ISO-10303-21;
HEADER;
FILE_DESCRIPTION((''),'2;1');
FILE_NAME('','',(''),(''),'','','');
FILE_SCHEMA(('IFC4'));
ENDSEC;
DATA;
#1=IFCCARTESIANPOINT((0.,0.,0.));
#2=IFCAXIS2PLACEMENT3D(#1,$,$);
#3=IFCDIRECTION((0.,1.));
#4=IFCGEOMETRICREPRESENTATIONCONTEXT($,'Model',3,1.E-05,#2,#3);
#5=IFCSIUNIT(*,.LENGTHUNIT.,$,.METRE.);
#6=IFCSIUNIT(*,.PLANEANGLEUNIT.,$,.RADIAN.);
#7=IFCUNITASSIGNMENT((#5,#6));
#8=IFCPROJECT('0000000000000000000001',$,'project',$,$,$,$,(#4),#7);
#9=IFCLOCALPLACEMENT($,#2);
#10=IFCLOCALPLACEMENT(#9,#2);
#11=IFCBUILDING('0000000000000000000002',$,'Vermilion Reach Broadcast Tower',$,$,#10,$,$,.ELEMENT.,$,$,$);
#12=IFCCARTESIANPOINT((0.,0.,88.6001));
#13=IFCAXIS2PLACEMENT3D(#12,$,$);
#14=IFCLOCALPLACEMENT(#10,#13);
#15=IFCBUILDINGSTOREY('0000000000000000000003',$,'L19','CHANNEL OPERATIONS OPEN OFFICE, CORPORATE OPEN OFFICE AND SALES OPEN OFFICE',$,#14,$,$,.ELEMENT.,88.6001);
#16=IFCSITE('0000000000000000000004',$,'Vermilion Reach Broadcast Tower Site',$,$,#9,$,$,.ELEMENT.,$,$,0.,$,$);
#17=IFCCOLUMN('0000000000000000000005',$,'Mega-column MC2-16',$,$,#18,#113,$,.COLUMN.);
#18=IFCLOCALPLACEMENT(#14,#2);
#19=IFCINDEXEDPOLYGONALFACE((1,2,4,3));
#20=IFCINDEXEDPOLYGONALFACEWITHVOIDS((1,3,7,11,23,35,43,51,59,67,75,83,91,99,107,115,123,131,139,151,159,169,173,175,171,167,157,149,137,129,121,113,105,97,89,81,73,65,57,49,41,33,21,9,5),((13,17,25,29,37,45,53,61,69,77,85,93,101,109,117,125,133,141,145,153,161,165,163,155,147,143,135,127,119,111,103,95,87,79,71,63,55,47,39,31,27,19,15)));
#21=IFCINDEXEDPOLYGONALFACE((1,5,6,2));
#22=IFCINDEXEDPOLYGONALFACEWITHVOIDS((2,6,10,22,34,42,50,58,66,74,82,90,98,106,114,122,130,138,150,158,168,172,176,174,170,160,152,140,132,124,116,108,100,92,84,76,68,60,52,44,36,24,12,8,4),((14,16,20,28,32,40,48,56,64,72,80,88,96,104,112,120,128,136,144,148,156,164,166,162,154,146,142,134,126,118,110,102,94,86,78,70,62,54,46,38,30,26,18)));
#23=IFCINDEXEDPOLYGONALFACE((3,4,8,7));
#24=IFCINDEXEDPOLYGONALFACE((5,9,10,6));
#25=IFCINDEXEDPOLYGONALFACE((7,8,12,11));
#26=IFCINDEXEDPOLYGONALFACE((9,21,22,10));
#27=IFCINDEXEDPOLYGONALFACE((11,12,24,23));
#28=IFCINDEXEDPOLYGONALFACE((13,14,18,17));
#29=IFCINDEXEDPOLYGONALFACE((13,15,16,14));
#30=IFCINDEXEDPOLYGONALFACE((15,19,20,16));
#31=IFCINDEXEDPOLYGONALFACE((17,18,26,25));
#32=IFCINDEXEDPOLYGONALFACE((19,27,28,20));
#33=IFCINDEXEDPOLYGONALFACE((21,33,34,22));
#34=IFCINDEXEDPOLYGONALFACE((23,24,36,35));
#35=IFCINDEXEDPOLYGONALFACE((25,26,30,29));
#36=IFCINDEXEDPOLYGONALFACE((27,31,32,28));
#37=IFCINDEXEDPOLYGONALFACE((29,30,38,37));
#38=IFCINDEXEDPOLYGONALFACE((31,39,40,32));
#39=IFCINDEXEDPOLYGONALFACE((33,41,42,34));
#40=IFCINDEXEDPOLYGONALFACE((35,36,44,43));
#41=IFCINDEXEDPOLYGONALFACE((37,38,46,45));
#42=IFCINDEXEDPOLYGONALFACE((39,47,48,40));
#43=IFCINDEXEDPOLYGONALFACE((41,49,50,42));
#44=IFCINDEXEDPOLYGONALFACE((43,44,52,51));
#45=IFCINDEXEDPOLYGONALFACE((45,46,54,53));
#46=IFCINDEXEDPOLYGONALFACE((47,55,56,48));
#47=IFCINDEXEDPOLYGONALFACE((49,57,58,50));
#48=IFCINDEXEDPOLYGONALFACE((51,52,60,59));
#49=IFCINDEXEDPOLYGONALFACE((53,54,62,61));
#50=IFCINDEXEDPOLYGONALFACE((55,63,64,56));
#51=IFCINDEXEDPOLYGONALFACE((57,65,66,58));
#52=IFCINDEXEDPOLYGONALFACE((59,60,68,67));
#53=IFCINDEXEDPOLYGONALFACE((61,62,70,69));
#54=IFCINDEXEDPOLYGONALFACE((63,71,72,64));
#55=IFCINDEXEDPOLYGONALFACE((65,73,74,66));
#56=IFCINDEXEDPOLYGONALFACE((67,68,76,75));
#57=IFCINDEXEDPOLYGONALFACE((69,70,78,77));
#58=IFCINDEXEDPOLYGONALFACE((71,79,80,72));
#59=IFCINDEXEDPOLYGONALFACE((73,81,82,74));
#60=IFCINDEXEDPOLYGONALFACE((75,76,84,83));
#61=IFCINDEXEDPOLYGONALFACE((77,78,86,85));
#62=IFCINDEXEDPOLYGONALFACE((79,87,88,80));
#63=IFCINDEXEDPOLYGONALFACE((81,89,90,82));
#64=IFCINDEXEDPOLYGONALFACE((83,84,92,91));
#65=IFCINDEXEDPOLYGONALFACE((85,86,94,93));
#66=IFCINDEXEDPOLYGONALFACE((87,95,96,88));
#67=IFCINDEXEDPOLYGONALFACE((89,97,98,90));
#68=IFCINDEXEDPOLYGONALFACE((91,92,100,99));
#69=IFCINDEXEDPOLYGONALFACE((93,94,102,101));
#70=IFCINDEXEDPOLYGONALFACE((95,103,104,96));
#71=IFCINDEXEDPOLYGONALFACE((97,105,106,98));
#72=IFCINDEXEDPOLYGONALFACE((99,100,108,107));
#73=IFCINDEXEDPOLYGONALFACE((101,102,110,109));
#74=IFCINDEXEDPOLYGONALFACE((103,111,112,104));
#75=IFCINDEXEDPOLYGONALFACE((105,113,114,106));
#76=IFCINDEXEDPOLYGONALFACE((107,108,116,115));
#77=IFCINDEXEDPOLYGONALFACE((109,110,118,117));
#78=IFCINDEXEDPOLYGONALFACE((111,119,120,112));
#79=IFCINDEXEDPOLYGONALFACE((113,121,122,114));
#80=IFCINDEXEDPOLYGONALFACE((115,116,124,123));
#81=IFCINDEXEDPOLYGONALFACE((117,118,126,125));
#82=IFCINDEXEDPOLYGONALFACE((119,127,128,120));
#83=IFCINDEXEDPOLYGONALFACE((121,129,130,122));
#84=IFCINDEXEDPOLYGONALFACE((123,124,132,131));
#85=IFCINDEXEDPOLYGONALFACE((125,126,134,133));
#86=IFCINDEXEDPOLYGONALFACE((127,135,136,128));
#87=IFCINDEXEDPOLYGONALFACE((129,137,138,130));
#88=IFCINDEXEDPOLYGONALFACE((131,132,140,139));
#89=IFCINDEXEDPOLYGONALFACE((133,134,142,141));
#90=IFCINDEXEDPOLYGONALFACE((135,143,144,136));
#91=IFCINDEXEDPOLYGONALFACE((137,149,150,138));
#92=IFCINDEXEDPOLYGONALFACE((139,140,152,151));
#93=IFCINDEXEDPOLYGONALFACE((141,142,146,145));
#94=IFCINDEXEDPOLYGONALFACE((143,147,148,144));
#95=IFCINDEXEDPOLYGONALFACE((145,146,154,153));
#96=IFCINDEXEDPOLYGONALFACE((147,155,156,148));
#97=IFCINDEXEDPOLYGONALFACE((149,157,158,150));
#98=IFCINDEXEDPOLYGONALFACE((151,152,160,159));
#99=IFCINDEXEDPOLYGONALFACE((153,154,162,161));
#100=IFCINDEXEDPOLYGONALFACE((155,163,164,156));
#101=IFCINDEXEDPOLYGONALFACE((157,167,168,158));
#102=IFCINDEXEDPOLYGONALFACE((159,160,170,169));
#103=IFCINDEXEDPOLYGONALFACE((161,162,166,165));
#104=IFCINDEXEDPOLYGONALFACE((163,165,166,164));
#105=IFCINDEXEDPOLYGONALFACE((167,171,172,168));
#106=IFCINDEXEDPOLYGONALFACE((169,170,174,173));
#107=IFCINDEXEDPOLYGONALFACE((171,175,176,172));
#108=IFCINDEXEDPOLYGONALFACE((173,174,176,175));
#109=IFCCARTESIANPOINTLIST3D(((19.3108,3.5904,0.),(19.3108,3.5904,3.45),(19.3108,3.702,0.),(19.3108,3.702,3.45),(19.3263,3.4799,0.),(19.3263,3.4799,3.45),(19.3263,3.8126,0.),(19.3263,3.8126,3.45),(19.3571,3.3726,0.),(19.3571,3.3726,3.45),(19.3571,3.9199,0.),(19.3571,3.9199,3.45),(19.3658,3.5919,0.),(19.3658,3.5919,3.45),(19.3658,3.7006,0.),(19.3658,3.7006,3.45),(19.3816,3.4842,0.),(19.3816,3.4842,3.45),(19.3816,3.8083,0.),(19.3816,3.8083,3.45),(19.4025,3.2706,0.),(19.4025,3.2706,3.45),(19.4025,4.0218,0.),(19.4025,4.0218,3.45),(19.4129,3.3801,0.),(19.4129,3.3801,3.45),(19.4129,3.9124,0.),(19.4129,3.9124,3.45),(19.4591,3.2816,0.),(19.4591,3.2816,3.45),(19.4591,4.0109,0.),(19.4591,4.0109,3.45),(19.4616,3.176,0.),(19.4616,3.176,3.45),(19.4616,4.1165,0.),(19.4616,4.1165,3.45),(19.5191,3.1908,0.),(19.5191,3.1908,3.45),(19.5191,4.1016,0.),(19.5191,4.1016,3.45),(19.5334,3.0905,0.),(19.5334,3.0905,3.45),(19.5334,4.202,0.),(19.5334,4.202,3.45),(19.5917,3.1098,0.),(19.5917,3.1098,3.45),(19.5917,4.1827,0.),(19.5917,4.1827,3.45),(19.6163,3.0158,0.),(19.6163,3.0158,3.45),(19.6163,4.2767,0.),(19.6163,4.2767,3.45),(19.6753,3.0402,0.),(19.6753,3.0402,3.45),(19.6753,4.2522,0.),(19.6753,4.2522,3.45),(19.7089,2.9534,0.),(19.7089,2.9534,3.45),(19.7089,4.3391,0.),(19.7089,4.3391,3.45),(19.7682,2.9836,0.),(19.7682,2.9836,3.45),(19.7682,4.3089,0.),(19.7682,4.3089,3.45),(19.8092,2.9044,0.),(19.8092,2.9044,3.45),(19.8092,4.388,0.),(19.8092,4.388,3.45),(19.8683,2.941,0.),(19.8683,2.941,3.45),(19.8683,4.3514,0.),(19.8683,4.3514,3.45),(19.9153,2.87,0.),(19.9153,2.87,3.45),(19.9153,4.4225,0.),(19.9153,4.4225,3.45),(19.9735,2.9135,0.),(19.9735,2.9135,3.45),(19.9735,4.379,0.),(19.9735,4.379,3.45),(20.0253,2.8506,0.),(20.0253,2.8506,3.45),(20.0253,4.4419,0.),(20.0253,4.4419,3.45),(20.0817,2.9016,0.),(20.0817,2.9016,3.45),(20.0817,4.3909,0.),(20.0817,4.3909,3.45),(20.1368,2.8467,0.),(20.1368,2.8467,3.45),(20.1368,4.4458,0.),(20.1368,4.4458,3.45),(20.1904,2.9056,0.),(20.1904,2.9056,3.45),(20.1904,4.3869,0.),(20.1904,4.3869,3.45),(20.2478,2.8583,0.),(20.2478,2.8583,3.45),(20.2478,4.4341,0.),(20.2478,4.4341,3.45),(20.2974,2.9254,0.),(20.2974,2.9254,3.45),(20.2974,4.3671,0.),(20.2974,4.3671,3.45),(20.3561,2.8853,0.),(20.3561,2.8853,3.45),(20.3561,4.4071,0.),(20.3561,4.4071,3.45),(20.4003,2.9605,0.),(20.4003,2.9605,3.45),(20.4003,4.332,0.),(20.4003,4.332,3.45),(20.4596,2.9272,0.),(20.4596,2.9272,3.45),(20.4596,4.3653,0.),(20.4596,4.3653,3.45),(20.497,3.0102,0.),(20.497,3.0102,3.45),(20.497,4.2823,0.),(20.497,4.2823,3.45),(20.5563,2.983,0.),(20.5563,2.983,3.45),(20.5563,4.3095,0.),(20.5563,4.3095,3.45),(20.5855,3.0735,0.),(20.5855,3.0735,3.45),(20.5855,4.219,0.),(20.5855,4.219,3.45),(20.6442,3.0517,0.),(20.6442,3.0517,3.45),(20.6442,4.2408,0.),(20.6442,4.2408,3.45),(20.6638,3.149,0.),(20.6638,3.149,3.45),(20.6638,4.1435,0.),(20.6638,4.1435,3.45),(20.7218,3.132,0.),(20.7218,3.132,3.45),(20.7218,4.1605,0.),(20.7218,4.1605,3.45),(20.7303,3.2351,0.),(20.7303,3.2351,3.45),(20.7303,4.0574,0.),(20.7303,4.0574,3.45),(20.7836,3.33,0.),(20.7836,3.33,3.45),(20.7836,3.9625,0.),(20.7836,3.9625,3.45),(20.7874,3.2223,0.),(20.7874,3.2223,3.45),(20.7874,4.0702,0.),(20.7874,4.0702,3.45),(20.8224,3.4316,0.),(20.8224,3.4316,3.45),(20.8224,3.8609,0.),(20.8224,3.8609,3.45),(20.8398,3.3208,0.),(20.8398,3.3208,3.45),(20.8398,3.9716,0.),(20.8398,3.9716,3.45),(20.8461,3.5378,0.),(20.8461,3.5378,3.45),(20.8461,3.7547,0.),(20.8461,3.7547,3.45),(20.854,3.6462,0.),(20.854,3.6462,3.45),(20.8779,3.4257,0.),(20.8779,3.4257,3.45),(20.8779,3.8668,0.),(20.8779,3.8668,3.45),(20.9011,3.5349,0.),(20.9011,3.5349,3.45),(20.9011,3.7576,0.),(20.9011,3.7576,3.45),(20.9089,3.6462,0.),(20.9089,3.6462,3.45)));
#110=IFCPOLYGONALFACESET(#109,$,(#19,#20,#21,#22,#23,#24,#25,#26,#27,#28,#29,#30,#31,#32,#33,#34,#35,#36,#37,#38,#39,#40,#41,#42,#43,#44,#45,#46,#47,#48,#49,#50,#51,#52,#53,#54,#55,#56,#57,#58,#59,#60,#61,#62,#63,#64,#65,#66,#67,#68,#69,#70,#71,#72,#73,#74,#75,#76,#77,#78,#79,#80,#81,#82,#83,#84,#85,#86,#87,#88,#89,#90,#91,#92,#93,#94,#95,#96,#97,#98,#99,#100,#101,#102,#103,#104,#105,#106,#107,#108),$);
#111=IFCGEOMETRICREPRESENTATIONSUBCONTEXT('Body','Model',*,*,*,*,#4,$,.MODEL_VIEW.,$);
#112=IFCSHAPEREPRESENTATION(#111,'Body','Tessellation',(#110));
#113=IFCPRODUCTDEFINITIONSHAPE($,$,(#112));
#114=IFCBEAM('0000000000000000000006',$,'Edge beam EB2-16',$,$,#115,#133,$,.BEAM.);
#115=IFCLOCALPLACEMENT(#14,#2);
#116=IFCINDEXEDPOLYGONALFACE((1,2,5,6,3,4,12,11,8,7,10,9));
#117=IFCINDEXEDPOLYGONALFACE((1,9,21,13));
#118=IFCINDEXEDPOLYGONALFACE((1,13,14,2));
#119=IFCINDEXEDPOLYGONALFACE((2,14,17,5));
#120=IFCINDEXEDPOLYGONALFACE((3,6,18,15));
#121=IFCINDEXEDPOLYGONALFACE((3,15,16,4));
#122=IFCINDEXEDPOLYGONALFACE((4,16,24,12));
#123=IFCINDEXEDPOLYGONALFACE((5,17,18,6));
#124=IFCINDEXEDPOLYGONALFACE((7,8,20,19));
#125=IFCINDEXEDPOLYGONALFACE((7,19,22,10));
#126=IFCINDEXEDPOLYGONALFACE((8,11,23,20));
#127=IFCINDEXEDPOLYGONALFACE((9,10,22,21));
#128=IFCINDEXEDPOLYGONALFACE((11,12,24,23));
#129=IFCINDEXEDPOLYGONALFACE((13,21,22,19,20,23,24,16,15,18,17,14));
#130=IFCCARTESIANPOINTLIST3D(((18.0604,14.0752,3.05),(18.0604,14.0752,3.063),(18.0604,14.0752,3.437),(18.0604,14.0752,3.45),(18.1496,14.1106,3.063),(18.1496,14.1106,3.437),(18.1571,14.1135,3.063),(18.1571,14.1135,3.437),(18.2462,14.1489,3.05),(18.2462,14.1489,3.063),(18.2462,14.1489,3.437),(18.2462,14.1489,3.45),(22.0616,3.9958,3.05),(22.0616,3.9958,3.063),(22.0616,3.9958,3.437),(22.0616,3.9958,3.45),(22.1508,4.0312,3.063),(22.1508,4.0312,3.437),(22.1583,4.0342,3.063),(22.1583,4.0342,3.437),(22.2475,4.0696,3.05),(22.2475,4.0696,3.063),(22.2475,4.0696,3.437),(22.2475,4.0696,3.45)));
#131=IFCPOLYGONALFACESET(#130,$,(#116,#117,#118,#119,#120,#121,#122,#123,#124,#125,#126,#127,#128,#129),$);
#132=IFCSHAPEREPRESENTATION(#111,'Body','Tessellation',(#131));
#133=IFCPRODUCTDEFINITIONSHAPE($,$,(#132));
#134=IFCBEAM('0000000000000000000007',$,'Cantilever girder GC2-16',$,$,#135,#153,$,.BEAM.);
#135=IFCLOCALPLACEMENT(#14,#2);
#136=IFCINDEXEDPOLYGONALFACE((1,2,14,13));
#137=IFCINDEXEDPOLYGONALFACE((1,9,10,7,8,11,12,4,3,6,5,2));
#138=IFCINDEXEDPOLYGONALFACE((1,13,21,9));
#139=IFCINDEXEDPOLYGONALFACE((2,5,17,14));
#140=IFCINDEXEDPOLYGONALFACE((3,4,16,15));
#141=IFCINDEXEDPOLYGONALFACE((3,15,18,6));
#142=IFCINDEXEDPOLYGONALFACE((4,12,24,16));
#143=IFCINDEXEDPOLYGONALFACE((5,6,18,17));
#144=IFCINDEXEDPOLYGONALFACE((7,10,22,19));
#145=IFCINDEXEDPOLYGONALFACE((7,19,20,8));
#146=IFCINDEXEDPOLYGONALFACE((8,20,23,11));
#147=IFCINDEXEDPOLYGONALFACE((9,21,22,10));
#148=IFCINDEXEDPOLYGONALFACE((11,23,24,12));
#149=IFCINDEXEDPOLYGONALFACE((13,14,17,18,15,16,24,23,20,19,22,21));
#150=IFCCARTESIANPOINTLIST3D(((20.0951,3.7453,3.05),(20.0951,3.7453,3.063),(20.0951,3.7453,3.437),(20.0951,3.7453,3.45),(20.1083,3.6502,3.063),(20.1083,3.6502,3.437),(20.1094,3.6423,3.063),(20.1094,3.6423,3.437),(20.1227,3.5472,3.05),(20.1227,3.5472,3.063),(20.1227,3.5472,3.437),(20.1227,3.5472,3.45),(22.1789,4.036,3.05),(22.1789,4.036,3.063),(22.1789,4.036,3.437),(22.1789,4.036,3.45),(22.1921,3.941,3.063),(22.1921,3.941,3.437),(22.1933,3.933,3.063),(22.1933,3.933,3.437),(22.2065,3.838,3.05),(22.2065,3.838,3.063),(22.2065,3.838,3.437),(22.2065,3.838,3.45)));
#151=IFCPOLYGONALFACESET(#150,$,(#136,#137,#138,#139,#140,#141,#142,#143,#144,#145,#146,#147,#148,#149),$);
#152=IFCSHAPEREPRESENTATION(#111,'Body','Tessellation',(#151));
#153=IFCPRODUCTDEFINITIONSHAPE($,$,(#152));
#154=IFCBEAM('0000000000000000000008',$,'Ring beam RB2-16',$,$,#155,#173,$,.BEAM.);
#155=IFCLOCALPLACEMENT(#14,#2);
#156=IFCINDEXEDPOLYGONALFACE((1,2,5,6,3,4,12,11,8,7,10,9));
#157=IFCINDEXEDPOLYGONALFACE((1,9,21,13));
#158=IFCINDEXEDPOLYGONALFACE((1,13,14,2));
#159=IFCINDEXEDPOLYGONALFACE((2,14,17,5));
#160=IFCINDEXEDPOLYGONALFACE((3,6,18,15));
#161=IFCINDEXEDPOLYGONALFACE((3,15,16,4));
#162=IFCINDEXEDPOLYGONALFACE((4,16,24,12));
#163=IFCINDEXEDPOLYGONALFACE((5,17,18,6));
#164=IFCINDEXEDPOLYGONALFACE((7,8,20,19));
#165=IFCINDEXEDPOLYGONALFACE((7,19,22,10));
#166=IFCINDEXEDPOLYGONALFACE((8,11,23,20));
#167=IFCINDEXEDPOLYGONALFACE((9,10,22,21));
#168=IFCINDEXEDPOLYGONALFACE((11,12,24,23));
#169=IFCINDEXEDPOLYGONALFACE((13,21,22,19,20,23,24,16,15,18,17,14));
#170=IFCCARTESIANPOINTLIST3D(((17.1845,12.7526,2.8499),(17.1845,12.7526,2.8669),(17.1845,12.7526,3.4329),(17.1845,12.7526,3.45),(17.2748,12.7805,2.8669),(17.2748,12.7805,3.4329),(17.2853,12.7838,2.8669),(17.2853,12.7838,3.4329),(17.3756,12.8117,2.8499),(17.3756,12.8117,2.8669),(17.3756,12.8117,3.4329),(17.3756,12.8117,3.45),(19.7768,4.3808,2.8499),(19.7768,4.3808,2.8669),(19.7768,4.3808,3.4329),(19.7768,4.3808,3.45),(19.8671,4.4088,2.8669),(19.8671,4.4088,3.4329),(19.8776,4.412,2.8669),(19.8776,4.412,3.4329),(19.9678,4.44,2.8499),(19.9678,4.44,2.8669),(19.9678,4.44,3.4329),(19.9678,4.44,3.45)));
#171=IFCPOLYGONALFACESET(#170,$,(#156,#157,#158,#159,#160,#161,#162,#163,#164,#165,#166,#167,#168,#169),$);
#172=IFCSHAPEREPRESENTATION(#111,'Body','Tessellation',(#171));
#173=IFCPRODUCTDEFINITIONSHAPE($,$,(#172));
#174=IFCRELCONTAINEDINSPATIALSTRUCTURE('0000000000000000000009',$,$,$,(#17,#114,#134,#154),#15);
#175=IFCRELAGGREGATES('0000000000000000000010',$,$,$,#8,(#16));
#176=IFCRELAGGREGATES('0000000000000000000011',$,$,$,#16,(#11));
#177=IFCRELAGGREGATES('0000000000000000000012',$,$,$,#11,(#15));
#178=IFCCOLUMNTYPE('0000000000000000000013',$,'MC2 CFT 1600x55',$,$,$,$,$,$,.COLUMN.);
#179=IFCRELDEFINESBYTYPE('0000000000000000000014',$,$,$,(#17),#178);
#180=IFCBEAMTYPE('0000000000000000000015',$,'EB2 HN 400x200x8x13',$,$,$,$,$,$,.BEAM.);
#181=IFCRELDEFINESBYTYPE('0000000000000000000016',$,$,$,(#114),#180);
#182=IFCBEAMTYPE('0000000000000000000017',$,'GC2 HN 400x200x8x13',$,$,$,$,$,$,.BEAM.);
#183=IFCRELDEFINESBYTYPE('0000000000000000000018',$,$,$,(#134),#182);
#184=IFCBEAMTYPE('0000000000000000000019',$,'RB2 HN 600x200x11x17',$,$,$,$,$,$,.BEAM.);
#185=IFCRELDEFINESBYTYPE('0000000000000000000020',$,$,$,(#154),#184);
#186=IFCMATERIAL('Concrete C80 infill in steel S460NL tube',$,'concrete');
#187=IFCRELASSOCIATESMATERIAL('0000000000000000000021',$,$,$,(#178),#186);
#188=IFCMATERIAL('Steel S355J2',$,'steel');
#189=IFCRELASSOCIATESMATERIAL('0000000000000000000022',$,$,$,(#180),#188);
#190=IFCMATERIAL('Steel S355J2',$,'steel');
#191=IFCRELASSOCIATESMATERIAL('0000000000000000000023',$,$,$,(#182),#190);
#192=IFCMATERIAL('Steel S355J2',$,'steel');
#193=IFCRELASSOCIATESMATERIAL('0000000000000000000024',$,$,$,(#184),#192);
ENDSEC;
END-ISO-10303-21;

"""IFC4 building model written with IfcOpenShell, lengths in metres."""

from ifc_helpers import new_model, si_unit, direction, frame, origin, origin_2d, place, context, subcontext, project, spatial, hollow_circle, i_section, extrude, material, material_profile, profile_set, type_object, element, save


model = new_model("IFC4")

# Units and contexts
model_context = context("Model", 3, precision=1e-05, world=origin(), true_north=direction((0.0, 1.0)))
body_context = subcontext(model_context, "Body", "Model", "MODEL_VIEW")
ifc_project = project(units=[si_unit("LENGTHUNIT", "METRE"), si_unit("PLANEANGLEUNIT", "RADIAN")], contexts=[model_context])

# Site, building, storey
site_placement = place(None, origin())
site = spatial("IfcSite", under=ifc_project, at=site_placement, Name="Vermilion Reach Broadcast Tower Site", CompositionType="ELEMENT", RefElevation=0.0)
building_placement = place(site_placement, origin())
building = spatial("IfcBuilding", under=site, at=building_placement, Name="Vermilion Reach Broadcast Tower", CompositionType="ELEMENT")
storey_placement = place(building_placement, frame((0.0, 0.0, 88.6001)))
storey = spatial("IfcBuildingStorey", under=building, at=storey_placement, Name="L19", Description="CHANNEL OPERATIONS OPEN OFFICE, CORPORATE OPEN OFFICE AND SALES OPEN OFFICE", CompositionType="ELEMENT", Elevation=88.6001)

# Column
ifc_material_1 = material(Name="Concrete C80 infill in steel S460NL tube", Category="concrete")
ifc_material_profile_1 = material_profile(ifc_material_1, hollow_circle(Radius=0.8, WallThickness=0.0549, at=origin_2d()), Name="Concrete C80 infill in steel S460NL tube CFT 1600x55")
ifc_profile_set_1 = profile_set([ifc_material_profile_1], Name="Concrete C80 infill in steel S460NL tube")
column_type = type_object("IfcColumnType", Name="MC2 CFT 1600x55", PredefinedType="COLUMN", material=ifc_profile_set_1)
column_placement = place(storey_placement, frame((20.1089, 3.6462, 0.0), z_axis=(0.0, 0.0, 1.0), x_axis=(1.0, 0.0, 0.0)))
element("IfcColumn", 1, at=column_placement, inside=storey, type_object=column_type, Name="Mega-column MC2-16", PredefinedType="COLUMN", context=body_context, shape_type="SweptSolid", body=[
    extrude(hollow_circle(Radius=0.8, WallThickness=0.0549, at=origin_2d()), origin(), (0.0, 0.0, 1.0), 3.45),
])

# Beams
ifc_material_2 = material(Name="Steel S355J2", Category="steel")
ifc_material_profile_2 = material_profile(ifc_material_2, i_section(OverallWidth=0.2, OverallDepth=0.3999, WebThickness=0.0081, FlangeThickness=0.0129, at=origin_2d()), Name="S355J2 HN 400x200x8x13")
ifc_profile_set_2 = profile_set([ifc_material_profile_2], Name="Steel S355J2")
beam_type_1 = type_object("IfcBeamType", Name="EB2 HN 400x200x8x13", PredefinedType="BEAM", material=ifc_profile_set_2)
beam_1_placement = place(storey_placement, frame((22.1545, 4.0327, 3.25), z_axis=(-0.368963, 0.929444, 0.0), x_axis=(-0.929444, -0.368963, 0.0)))
element("IfcBeam", 2, at=beam_1_placement, inside=storey, type_object=beam_type_1, Name="Edge beam EB2-16", PredefinedType="BEAM", context=body_context, shape_type="SweptSolid", body=[
    extrude(i_section(OverallWidth=0.2, OverallDepth=0.3999, WebThickness=0.0081, FlangeThickness=0.0129, at=origin_2d()), origin(), (0.0, 0.0, 1.0), 10.8445),
])
ifc_material_3 = material(Name="Steel S355J2", Category="steel")
ifc_material_profile_3 = material_profile(ifc_material_3, i_section(OverallWidth=0.2, OverallDepth=0.3999, WebThickness=0.0081, FlangeThickness=0.0129, at=origin_2d()), Name="S355J2 HN 400x200x8x13")
ifc_profile_set_3 = profile_set([ifc_material_profile_3], Name="Steel S355J2")
beam_type_2 = type_object("IfcBeamType", Name="GC2 HN 400x200x8x13", PredefinedType="BEAM", material=ifc_profile_set_3)
beam_2_placement = place(storey_placement, frame((20.1089, 3.6462, 3.25), z_axis=(0.990404, 0.138204, 0.0), x_axis=(-0.138204, 0.990404, 0.0)))
element("IfcBeam", 3, at=beam_2_placement, inside=storey, type_object=beam_type_2, Name="Cantilever girder GC2-16", PredefinedType="BEAM", context=body_context, shape_type="SweptSolid", body=[
    extrude(i_section(OverallWidth=0.2, OverallDepth=0.3999, WebThickness=0.0081, FlangeThickness=0.0129, at=origin_2d()), origin(), (0.0, 0.0, 1.0), 2.104),
])
ifc_material_4 = material(Name="Steel S355J2", Category="steel")
ifc_material_profile_4 = material_profile(ifc_material_4, i_section(OverallWidth=0.2, OverallDepth=0.6001, WebThickness=0.011, FlangeThickness=0.0171, at=origin_2d()), Name="S355J2 HN 600x200x11x17")
ifc_profile_set_4 = profile_set([ifc_material_profile_4], Name="Steel S355J2")
beam_type_3 = type_object("IfcBeamType", Name="RB2 HN 600x200x11x17", PredefinedType="BEAM", material=ifc_profile_set_4)
beam_3_placement = place(storey_placement, frame((19.8723, 4.4104, 3.1499), z_axis=(-0.295788, 0.955253, 0.0), x_axis=(-0.955253, -0.295788, 0.0)))
element("IfcBeam", 4, at=beam_3_placement, inside=storey, type_object=beam_type_3, Name="Ring beam RB2-16", PredefinedType="BEAM", context=body_context, shape_type="SweptSolid", body=[
    extrude(i_section(OverallWidth=0.2, OverallDepth=0.6001, WebThickness=0.011, FlangeThickness=0.0171, at=origin_2d()), origin(), (0.0, 0.0, 1.0), 8.7639),
])

save(model, "model.ifc")
